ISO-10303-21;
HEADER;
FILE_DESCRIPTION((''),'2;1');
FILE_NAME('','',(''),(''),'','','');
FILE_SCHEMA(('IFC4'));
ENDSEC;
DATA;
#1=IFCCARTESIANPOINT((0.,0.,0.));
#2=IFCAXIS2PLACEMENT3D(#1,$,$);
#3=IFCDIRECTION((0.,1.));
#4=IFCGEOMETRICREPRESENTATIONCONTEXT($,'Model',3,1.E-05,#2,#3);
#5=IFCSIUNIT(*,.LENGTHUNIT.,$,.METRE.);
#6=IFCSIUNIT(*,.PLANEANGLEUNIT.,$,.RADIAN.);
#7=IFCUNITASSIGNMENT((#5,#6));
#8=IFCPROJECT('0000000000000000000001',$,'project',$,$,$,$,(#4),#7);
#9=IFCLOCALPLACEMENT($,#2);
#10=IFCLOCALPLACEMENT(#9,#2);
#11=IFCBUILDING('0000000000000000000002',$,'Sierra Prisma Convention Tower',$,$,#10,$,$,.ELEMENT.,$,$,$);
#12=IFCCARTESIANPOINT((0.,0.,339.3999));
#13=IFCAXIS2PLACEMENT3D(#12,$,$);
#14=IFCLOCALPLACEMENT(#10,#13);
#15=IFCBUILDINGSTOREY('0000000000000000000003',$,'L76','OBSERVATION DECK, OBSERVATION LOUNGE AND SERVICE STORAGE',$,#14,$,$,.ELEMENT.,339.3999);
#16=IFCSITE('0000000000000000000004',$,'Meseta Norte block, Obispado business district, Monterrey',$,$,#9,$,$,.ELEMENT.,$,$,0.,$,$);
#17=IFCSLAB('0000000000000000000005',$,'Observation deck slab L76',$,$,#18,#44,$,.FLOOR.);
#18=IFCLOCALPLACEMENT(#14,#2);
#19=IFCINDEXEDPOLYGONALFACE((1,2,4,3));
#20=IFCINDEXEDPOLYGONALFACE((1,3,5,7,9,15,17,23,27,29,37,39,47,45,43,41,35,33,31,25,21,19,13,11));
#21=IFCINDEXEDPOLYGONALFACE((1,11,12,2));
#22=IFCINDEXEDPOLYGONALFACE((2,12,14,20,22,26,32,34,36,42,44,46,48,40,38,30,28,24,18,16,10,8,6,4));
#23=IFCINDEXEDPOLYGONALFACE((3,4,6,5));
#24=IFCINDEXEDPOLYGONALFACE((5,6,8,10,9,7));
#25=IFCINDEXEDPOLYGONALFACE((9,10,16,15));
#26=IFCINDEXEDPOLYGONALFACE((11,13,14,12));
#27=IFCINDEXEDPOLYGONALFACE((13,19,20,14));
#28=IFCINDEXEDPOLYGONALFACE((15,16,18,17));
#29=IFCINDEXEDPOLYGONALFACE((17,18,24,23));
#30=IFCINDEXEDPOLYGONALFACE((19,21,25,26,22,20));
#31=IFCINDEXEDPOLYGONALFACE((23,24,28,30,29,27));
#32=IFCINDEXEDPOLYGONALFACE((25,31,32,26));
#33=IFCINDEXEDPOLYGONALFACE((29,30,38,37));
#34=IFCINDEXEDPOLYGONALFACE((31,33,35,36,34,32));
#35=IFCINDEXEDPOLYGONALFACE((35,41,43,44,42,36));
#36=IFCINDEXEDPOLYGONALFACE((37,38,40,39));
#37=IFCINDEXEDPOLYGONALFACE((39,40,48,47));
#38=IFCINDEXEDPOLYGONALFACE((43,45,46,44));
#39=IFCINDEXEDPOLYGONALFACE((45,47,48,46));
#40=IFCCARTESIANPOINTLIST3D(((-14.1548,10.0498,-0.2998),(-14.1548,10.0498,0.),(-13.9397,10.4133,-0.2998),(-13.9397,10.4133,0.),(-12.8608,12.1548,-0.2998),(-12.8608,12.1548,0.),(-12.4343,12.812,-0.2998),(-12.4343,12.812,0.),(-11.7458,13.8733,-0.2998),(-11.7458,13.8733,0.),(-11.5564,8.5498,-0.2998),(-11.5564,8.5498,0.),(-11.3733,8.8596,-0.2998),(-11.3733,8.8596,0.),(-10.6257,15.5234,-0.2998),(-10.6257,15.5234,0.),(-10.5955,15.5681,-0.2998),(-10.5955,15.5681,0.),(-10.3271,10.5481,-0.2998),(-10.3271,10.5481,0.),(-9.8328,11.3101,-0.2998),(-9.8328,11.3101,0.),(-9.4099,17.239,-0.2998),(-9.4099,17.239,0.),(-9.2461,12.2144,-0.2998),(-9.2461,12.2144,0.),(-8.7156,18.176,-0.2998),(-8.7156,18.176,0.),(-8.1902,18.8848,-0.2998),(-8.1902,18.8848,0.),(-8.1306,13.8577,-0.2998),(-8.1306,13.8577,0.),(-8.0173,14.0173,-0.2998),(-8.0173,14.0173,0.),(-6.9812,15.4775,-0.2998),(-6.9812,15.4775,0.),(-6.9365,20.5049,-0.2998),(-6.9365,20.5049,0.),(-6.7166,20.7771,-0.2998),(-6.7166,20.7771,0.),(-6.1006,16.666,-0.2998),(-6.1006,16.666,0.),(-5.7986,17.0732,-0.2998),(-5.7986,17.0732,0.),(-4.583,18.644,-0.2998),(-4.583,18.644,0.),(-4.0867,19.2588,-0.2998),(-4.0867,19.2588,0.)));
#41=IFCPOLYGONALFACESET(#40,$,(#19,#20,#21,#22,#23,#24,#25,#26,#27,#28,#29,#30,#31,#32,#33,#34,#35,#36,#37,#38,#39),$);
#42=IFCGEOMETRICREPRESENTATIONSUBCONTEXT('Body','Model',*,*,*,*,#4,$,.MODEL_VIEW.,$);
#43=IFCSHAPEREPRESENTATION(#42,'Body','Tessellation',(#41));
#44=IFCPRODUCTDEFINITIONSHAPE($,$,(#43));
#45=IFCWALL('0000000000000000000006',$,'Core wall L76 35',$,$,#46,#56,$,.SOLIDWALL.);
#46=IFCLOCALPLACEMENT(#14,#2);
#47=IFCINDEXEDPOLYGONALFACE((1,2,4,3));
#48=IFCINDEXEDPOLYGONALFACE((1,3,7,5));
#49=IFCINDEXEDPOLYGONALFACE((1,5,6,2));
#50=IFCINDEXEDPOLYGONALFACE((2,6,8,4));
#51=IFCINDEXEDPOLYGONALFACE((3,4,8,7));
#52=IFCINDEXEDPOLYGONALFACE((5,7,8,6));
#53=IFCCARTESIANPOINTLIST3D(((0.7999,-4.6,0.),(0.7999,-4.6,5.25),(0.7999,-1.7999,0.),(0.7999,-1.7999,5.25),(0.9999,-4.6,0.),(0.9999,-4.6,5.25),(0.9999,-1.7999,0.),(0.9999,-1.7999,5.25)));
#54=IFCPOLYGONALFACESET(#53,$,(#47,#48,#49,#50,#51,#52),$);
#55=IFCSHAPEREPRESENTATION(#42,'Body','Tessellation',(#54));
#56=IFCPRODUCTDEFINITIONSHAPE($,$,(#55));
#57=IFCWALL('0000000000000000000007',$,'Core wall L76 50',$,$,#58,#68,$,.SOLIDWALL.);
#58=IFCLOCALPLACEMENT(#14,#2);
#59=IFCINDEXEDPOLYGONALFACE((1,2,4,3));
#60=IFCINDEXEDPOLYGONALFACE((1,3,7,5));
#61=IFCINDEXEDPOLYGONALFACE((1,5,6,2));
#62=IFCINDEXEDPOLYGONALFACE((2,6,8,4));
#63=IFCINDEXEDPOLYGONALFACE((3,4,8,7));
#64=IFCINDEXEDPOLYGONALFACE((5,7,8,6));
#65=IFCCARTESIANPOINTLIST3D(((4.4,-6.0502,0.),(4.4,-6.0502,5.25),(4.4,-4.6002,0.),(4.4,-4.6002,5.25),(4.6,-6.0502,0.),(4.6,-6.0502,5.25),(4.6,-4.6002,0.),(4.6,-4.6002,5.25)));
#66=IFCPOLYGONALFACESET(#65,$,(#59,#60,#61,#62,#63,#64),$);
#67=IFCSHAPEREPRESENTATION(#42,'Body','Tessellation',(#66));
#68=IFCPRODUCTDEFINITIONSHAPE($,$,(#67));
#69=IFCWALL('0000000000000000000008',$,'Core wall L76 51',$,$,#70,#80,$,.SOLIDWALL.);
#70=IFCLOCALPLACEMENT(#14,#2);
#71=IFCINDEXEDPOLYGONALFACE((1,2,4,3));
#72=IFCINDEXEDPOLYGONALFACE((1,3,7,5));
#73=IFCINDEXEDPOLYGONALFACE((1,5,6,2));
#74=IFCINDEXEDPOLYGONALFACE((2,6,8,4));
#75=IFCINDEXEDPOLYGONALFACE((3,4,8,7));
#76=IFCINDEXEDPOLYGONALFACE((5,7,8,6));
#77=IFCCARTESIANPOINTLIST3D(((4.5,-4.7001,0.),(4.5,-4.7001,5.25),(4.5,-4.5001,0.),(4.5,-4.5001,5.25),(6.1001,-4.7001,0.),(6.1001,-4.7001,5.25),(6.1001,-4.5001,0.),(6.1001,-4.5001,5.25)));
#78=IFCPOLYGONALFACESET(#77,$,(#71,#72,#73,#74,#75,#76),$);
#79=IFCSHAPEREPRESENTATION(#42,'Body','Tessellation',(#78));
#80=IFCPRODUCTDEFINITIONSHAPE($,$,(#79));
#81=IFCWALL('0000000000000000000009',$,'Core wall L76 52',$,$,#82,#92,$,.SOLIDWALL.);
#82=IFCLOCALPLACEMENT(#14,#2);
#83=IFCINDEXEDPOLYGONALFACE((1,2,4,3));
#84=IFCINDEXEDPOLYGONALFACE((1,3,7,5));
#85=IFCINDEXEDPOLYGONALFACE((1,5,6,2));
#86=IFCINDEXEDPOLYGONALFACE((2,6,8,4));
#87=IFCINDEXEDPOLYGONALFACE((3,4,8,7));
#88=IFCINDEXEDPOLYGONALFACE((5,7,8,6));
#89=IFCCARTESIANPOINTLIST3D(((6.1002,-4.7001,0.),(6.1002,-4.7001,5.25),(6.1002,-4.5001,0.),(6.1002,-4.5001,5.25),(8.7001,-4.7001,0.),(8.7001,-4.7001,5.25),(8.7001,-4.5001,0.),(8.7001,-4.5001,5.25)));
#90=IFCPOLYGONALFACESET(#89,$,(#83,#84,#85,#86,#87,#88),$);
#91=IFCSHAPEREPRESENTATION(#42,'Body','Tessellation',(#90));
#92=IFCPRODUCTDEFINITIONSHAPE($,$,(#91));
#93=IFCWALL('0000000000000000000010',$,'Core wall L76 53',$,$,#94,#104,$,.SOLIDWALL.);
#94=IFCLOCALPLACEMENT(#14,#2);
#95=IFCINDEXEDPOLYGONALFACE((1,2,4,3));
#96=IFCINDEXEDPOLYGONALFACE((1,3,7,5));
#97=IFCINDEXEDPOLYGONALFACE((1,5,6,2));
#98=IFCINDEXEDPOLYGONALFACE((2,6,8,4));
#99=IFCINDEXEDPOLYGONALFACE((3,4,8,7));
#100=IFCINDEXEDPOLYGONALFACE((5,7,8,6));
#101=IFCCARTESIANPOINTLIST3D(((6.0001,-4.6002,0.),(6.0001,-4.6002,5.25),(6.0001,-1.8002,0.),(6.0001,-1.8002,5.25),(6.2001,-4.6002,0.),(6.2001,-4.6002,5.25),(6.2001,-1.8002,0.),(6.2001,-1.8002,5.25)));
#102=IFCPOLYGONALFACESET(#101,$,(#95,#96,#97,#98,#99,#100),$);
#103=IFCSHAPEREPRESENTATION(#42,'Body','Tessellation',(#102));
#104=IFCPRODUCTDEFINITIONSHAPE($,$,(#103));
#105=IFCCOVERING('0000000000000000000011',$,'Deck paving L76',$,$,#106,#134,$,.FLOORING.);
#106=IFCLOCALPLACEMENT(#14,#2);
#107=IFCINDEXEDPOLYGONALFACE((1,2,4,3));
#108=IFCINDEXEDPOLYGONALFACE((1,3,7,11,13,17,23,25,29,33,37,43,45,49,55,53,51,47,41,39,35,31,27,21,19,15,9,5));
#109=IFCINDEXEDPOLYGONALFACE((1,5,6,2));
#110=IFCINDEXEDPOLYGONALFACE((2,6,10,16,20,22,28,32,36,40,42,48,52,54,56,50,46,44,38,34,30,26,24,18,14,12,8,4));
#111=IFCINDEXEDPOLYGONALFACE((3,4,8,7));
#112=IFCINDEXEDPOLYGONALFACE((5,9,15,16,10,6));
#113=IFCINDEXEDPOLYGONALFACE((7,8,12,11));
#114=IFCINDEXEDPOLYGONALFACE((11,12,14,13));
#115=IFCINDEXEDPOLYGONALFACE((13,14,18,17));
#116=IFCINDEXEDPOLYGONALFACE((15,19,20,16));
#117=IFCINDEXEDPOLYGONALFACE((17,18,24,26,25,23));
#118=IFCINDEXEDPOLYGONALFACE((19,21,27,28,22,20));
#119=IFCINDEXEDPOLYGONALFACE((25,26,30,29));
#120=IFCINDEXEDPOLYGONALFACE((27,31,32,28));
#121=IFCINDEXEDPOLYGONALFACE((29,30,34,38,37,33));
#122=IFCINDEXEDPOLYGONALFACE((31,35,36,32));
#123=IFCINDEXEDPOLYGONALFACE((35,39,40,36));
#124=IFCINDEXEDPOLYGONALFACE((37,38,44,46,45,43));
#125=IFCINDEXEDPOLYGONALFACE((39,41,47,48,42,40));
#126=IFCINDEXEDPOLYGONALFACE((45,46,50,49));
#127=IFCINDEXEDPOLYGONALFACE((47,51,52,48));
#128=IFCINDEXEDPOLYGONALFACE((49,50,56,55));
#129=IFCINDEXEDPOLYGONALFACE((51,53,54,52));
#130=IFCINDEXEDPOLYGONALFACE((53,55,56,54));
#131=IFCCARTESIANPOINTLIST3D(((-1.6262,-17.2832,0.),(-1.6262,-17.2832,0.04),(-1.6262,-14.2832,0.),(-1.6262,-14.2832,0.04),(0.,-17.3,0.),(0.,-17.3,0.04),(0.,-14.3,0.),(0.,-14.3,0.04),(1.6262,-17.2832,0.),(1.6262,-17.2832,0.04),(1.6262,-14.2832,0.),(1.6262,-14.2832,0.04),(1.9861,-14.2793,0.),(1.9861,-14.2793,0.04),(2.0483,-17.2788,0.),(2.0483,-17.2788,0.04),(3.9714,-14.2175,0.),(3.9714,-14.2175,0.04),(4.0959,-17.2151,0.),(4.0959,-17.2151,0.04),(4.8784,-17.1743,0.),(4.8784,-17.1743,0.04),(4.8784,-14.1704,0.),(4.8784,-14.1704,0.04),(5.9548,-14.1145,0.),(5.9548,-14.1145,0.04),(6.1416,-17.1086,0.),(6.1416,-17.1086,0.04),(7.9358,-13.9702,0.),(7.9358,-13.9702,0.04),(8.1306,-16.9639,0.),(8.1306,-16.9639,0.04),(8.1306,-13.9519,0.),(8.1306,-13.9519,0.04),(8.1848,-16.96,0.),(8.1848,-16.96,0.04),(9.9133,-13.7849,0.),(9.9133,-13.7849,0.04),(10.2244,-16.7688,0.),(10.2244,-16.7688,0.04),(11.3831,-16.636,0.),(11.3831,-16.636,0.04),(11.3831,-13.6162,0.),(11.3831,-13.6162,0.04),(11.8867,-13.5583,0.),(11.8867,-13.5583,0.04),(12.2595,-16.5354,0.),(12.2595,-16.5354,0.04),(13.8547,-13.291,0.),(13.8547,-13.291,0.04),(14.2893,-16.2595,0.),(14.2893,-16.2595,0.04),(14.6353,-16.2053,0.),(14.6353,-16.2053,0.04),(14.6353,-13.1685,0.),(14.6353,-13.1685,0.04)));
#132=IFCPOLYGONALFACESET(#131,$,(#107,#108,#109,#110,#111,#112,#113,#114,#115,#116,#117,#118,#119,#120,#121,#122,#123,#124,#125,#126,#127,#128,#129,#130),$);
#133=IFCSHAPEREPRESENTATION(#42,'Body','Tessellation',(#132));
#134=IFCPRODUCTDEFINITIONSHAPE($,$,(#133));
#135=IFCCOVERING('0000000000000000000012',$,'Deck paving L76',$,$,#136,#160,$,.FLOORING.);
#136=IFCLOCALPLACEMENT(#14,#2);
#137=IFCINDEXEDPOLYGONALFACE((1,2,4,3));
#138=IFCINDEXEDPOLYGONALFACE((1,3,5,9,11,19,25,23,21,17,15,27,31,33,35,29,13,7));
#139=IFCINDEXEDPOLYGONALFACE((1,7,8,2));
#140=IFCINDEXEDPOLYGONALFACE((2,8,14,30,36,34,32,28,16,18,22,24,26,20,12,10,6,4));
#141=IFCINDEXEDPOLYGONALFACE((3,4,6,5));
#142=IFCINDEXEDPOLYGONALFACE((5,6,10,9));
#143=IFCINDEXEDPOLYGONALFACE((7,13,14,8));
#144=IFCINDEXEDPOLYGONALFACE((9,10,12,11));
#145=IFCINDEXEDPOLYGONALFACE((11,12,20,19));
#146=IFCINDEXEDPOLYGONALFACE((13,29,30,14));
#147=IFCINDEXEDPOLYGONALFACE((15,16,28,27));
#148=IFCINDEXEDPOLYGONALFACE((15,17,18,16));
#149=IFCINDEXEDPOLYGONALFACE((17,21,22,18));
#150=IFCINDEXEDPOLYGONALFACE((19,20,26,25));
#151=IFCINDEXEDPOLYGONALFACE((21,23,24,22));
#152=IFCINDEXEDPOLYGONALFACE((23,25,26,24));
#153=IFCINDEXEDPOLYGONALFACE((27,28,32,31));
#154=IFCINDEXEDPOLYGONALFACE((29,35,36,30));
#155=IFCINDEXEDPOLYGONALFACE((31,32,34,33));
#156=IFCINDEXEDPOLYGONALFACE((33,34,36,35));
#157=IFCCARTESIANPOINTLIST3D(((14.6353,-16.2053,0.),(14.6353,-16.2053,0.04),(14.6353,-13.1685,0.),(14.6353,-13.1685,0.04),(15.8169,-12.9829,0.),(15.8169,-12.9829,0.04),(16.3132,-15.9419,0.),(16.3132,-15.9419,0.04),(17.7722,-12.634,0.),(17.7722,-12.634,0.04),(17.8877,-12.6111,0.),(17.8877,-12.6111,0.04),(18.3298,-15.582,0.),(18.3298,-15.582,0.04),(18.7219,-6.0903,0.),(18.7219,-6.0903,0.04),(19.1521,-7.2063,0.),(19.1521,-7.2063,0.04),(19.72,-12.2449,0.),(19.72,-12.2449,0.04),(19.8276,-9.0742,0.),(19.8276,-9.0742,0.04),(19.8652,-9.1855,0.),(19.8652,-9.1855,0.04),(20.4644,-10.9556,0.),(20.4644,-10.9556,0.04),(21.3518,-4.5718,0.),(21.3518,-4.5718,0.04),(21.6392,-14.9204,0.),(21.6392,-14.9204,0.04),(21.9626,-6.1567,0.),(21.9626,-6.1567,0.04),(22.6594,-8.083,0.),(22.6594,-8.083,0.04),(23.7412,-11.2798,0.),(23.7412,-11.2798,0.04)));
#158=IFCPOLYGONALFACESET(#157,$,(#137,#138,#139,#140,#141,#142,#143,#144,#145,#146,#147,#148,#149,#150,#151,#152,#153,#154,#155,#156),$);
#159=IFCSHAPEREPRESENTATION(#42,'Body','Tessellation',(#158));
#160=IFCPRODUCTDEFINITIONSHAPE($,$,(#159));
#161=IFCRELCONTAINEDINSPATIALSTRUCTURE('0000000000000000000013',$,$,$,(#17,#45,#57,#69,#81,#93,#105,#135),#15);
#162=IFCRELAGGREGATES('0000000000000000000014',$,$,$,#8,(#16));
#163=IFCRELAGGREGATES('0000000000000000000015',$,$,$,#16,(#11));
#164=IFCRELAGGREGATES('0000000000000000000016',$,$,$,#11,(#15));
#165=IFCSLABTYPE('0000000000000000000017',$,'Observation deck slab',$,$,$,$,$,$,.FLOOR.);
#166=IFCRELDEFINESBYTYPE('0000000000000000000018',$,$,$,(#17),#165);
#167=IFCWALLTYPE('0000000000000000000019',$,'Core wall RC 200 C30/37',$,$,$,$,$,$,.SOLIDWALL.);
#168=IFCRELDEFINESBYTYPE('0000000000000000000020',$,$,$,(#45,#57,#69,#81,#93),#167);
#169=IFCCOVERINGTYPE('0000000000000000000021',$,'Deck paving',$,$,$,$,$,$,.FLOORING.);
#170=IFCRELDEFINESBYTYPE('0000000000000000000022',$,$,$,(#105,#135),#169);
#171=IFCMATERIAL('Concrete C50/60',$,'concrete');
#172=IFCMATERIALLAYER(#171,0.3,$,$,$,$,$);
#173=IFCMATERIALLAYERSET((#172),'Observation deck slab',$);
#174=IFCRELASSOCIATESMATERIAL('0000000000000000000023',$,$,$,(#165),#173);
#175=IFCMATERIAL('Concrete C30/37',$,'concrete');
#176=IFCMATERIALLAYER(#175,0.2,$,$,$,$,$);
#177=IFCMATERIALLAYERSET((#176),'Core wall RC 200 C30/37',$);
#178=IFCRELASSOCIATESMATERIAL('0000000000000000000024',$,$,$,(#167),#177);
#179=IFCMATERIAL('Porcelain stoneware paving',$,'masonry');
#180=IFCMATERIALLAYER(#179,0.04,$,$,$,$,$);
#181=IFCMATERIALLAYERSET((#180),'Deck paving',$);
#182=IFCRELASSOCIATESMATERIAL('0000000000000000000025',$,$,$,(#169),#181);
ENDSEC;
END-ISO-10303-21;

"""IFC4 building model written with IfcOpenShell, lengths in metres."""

from ifc_helpers import new_model, si_unit, direction, frame, frame_2d, origin, place, context, subcontext, project, spatial, polyline, rectangle, outline, extrude, material, layer, layer_set, type_object, element, save


model = new_model("IFC4")

# Units and contexts
model_context = context("Model", 3, precision=1e-05, world=origin(), true_north=direction((0.0, 1.0)))
body_context = subcontext(model_context, "Body", "Model", "MODEL_VIEW")
ifc_project = project(units=[si_unit("LENGTHUNIT", "METRE"), si_unit("PLANEANGLEUNIT", "RADIAN")], contexts=[model_context])

# Site, building, storey
site_placement = place(None, origin())
site = spatial("IfcSite", under=ifc_project, at=site_placement, Name="Meseta Norte block, Obispado business district, Monterrey", CompositionType="ELEMENT", RefElevation=0.0)
building_placement = place(site_placement, origin())
building = spatial("IfcBuilding", under=site, at=building_placement, Name="Sierra Prisma Convention Tower", CompositionType="ELEMENT")
storey_placement = place(building_placement, frame((0.0, 0.0, 339.3999)))
storey = spatial("IfcBuildingStorey", under=building, at=storey_placement, Name="L76", Description="OBSERVATION DECK, OBSERVATION LOUNGE AND SERVICE STORAGE", CompositionType="ELEMENT", Elevation=339.3999)

# Slab
ifc_material_1 = material(Name="Concrete C50/60", Category="concrete")
ifc_layer_1 = layer(ifc_material_1, 0.3)
ifc_layer_set_1 = layer_set([ifc_layer_1], Name="Observation deck slab")
slab_type = type_object("IfcSlabType", Name="Observation deck slab", PredefinedType="FLOOR", material=ifc_layer_set_1)
slab_1_placement = place(storey_placement, frame((0.0, 0.0, -0.2998)))
element("IfcSlab", 1, at=slab_1_placement, inside=storey, type_object=slab_type, Name="Observation deck slab L76", PredefinedType="FLOOR", context=body_context, shape_type="SweptSolid", body=[
    extrude(outline(polyline([(-12.8608, 12.1548), (-12.4343, 12.812), (-11.7458, 13.8733), (-10.6257, 15.5234), (-10.5955, 15.5681), (-9.4099, 17.239), (-8.7156, 18.176), (-8.1902, 18.8848), (-6.9365, 20.5049), (-6.7166, 20.7771), (-4.0867, 19.2588), (-4.583, 18.644), (-5.7986, 17.0732), (-6.1006, 16.666), (-6.9812, 15.4775), (-8.0173, 14.0173), (-8.1306, 13.8577), (-9.2461, 12.2144), (-9.8328, 11.3101), (-10.3271, 10.5481), (-11.3733, 8.8596), (-11.5564, 8.5498), (-14.1548, 10.0498), (-13.9397, 10.4133), (-12.8608, 12.1548)])), origin(), (0.0, 0.0, 1.0), 0.2998),
])

# Wall
ifc_material_2 = material(Name="Concrete C30/37", Category="concrete")
ifc_layer_2 = layer(ifc_material_2, 0.2)
ifc_layer_set_2 = layer_set([ifc_layer_2], Name="Core wall RC 200 C30/37")
wall_type = type_object("IfcWallType", Name="Core wall RC 200 C30/37", PredefinedType="SOLIDWALL", material=ifc_layer_set_2)
wall_1_placement = place(storey_placement, frame((0.8999, -1.8, 0.0), z_axis=(0.0, 0.0, 1.0), x_axis=(0.0, -1.0, 0.0)))
element("IfcWall", 2, at=wall_1_placement, inside=storey, type_object=wall_type, Name="Core wall L76 35", PredefinedType="SOLIDWALL", context=body_context, shape_type="SweptSolid", body=[
    extrude(rectangle(XDim=2.8, YDim=0.2, at=frame_2d((1.3999, 0.0))), origin(), (0.0, 0.0, 1.0), 5.25),
])

# Walls
wall_2_placement = place(storey_placement, frame((4.5, -4.6001, 0.0), z_axis=(0.0, 0.0, 1.0), x_axis=(0.0, -1.0, 0.0)))
element("IfcWall", 3, at=wall_2_placement, inside=storey, type_object=wall_type, Name="Core wall L76 50", PredefinedType="SOLIDWALL", context=body_context, shape_type="SweptSolid", body=[
    extrude(rectangle(XDim=1.45, YDim=0.2, at=frame_2d((0.7251, 0.0))), origin(), (0.0, 0.0, 1.0), 5.25),
])
wall_3_placement = place(storey_placement, frame((6.1001, -4.6001, 0.0), z_axis=(0.0, 0.0, 1.0), x_axis=(-1.0, 0.0, 0.0)))
element("IfcWall", 4, at=wall_3_placement, inside=storey, type_object=wall_type, Name="Core wall L76 51", PredefinedType="SOLIDWALL", context=body_context, shape_type="SweptSolid", body=[
    extrude(rectangle(XDim=1.6001, YDim=0.2, at=frame_2d((0.8, 0.0))), origin(), (0.0, 0.0, 1.0), 5.25),
])
wall_4_placement = place(storey_placement, frame((8.7, -4.6001, 0.0), z_axis=(0.0, 0.0, 1.0), x_axis=(-1.0, 0.0, 0.0)))
element("IfcWall", 5, at=wall_4_placement, inside=storey, type_object=wall_type, Name="Core wall L76 52", PredefinedType="SOLIDWALL", context=body_context, shape_type="SweptSolid", body=[
    extrude(rectangle(XDim=2.5999, YDim=0.2, at=frame_2d((1.2998, 0.0))), origin(), (0.0, 0.0, 1.0), 5.25),
])
wall_5_placement = place(storey_placement, frame((6.1001, -4.6001, 0.0), z_axis=(0.0, 0.0, 1.0), x_axis=(0.0, 1.0, 0.0)))
element("IfcWall", 6, at=wall_5_placement, inside=storey, type_object=wall_type, Name="Core wall L76 53", PredefinedType="SOLIDWALL", context=body_context, shape_type="SweptSolid", body=[
    extrude(rectangle(XDim=2.8, YDim=0.2, at=frame_2d((1.3999, 0.0))), origin(), (0.0, 0.0, 1.0), 5.25),
])

# Coverings
ifc_material_3 = material(Name="Porcelain stoneware paving", Category="masonry")
ifc_layer_3 = layer(ifc_material_3, 0.04)
ifc_layer_set_3 = layer_set([ifc_layer_3], Name="Deck paving")
covering_type = type_object("IfcCoveringType", Name="Deck paving", PredefinedType="FLOORING", material=ifc_layer_set_3)
covering_1_placement = place(storey_placement, origin())
element("IfcCovering", 7, at=covering_1_placement, inside=storey, type_object=covering_type, Name="Deck paving L76", PredefinedType="FLOORING", context=body_context, shape_type="SweptSolid", body=[
    extrude(outline(polyline([(-1.6262, -17.2832), (-1.6262, -14.2832), (0.0, -14.3), (1.6262, -14.2832), (1.9861, -14.2793), (3.9714, -14.2175), (4.8784, -14.1704), (5.9548, -14.1145), (7.9358, -13.9702), (8.1306, -13.9519), (9.9133, -13.7849), (11.3831, -13.6162), (11.8867, -13.5583), (13.8547, -13.291), (14.6353, -13.1685), (14.6353, -16.2053), (14.2893, -16.2595), (12.2595, -16.5354), (11.3831, -16.636), (10.2244, -16.7688), (8.1848, -16.96), (8.1306, -16.9639), (6.1416, -17.1086), (4.8784, -17.1743), (4.0959, -17.2151), (2.0483, -17.2788), (1.6262, -17.2832), (0.0, -17.3), (-1.6262, -17.2832)])), origin(), (0.0, 0.0, 1.0), 0.04),
])
covering_2_placement = place(storey_placement, origin())
element("IfcCovering", 8, at=covering_2_placement, inside=storey, type_object=covering_type, Name="Deck paving L76", PredefinedType="FLOORING", context=body_context, shape_type="SweptSolid", body=[
    extrude(outline(polyline([(21.3518, -4.5718), (21.9626, -6.1567), (22.6594, -8.083), (23.7412, -11.2798), (21.6392, -14.9204), (18.3298, -15.582), (16.3132, -15.9419), (14.6353, -16.2053), (14.6353, -13.1685), (15.8169, -12.9829), (17.7722, -12.634), (17.8877, -12.6111), (19.72, -12.2449), (20.4644, -10.9556), (19.8652, -9.1855), (19.8276, -9.0742), (19.1521, -7.2063), (18.7219, -6.0903), (21.3518, -4.5718)])), origin(), (0.0, 0.0, 1.0), 0.04),
])

save(model, "model.ifc")
